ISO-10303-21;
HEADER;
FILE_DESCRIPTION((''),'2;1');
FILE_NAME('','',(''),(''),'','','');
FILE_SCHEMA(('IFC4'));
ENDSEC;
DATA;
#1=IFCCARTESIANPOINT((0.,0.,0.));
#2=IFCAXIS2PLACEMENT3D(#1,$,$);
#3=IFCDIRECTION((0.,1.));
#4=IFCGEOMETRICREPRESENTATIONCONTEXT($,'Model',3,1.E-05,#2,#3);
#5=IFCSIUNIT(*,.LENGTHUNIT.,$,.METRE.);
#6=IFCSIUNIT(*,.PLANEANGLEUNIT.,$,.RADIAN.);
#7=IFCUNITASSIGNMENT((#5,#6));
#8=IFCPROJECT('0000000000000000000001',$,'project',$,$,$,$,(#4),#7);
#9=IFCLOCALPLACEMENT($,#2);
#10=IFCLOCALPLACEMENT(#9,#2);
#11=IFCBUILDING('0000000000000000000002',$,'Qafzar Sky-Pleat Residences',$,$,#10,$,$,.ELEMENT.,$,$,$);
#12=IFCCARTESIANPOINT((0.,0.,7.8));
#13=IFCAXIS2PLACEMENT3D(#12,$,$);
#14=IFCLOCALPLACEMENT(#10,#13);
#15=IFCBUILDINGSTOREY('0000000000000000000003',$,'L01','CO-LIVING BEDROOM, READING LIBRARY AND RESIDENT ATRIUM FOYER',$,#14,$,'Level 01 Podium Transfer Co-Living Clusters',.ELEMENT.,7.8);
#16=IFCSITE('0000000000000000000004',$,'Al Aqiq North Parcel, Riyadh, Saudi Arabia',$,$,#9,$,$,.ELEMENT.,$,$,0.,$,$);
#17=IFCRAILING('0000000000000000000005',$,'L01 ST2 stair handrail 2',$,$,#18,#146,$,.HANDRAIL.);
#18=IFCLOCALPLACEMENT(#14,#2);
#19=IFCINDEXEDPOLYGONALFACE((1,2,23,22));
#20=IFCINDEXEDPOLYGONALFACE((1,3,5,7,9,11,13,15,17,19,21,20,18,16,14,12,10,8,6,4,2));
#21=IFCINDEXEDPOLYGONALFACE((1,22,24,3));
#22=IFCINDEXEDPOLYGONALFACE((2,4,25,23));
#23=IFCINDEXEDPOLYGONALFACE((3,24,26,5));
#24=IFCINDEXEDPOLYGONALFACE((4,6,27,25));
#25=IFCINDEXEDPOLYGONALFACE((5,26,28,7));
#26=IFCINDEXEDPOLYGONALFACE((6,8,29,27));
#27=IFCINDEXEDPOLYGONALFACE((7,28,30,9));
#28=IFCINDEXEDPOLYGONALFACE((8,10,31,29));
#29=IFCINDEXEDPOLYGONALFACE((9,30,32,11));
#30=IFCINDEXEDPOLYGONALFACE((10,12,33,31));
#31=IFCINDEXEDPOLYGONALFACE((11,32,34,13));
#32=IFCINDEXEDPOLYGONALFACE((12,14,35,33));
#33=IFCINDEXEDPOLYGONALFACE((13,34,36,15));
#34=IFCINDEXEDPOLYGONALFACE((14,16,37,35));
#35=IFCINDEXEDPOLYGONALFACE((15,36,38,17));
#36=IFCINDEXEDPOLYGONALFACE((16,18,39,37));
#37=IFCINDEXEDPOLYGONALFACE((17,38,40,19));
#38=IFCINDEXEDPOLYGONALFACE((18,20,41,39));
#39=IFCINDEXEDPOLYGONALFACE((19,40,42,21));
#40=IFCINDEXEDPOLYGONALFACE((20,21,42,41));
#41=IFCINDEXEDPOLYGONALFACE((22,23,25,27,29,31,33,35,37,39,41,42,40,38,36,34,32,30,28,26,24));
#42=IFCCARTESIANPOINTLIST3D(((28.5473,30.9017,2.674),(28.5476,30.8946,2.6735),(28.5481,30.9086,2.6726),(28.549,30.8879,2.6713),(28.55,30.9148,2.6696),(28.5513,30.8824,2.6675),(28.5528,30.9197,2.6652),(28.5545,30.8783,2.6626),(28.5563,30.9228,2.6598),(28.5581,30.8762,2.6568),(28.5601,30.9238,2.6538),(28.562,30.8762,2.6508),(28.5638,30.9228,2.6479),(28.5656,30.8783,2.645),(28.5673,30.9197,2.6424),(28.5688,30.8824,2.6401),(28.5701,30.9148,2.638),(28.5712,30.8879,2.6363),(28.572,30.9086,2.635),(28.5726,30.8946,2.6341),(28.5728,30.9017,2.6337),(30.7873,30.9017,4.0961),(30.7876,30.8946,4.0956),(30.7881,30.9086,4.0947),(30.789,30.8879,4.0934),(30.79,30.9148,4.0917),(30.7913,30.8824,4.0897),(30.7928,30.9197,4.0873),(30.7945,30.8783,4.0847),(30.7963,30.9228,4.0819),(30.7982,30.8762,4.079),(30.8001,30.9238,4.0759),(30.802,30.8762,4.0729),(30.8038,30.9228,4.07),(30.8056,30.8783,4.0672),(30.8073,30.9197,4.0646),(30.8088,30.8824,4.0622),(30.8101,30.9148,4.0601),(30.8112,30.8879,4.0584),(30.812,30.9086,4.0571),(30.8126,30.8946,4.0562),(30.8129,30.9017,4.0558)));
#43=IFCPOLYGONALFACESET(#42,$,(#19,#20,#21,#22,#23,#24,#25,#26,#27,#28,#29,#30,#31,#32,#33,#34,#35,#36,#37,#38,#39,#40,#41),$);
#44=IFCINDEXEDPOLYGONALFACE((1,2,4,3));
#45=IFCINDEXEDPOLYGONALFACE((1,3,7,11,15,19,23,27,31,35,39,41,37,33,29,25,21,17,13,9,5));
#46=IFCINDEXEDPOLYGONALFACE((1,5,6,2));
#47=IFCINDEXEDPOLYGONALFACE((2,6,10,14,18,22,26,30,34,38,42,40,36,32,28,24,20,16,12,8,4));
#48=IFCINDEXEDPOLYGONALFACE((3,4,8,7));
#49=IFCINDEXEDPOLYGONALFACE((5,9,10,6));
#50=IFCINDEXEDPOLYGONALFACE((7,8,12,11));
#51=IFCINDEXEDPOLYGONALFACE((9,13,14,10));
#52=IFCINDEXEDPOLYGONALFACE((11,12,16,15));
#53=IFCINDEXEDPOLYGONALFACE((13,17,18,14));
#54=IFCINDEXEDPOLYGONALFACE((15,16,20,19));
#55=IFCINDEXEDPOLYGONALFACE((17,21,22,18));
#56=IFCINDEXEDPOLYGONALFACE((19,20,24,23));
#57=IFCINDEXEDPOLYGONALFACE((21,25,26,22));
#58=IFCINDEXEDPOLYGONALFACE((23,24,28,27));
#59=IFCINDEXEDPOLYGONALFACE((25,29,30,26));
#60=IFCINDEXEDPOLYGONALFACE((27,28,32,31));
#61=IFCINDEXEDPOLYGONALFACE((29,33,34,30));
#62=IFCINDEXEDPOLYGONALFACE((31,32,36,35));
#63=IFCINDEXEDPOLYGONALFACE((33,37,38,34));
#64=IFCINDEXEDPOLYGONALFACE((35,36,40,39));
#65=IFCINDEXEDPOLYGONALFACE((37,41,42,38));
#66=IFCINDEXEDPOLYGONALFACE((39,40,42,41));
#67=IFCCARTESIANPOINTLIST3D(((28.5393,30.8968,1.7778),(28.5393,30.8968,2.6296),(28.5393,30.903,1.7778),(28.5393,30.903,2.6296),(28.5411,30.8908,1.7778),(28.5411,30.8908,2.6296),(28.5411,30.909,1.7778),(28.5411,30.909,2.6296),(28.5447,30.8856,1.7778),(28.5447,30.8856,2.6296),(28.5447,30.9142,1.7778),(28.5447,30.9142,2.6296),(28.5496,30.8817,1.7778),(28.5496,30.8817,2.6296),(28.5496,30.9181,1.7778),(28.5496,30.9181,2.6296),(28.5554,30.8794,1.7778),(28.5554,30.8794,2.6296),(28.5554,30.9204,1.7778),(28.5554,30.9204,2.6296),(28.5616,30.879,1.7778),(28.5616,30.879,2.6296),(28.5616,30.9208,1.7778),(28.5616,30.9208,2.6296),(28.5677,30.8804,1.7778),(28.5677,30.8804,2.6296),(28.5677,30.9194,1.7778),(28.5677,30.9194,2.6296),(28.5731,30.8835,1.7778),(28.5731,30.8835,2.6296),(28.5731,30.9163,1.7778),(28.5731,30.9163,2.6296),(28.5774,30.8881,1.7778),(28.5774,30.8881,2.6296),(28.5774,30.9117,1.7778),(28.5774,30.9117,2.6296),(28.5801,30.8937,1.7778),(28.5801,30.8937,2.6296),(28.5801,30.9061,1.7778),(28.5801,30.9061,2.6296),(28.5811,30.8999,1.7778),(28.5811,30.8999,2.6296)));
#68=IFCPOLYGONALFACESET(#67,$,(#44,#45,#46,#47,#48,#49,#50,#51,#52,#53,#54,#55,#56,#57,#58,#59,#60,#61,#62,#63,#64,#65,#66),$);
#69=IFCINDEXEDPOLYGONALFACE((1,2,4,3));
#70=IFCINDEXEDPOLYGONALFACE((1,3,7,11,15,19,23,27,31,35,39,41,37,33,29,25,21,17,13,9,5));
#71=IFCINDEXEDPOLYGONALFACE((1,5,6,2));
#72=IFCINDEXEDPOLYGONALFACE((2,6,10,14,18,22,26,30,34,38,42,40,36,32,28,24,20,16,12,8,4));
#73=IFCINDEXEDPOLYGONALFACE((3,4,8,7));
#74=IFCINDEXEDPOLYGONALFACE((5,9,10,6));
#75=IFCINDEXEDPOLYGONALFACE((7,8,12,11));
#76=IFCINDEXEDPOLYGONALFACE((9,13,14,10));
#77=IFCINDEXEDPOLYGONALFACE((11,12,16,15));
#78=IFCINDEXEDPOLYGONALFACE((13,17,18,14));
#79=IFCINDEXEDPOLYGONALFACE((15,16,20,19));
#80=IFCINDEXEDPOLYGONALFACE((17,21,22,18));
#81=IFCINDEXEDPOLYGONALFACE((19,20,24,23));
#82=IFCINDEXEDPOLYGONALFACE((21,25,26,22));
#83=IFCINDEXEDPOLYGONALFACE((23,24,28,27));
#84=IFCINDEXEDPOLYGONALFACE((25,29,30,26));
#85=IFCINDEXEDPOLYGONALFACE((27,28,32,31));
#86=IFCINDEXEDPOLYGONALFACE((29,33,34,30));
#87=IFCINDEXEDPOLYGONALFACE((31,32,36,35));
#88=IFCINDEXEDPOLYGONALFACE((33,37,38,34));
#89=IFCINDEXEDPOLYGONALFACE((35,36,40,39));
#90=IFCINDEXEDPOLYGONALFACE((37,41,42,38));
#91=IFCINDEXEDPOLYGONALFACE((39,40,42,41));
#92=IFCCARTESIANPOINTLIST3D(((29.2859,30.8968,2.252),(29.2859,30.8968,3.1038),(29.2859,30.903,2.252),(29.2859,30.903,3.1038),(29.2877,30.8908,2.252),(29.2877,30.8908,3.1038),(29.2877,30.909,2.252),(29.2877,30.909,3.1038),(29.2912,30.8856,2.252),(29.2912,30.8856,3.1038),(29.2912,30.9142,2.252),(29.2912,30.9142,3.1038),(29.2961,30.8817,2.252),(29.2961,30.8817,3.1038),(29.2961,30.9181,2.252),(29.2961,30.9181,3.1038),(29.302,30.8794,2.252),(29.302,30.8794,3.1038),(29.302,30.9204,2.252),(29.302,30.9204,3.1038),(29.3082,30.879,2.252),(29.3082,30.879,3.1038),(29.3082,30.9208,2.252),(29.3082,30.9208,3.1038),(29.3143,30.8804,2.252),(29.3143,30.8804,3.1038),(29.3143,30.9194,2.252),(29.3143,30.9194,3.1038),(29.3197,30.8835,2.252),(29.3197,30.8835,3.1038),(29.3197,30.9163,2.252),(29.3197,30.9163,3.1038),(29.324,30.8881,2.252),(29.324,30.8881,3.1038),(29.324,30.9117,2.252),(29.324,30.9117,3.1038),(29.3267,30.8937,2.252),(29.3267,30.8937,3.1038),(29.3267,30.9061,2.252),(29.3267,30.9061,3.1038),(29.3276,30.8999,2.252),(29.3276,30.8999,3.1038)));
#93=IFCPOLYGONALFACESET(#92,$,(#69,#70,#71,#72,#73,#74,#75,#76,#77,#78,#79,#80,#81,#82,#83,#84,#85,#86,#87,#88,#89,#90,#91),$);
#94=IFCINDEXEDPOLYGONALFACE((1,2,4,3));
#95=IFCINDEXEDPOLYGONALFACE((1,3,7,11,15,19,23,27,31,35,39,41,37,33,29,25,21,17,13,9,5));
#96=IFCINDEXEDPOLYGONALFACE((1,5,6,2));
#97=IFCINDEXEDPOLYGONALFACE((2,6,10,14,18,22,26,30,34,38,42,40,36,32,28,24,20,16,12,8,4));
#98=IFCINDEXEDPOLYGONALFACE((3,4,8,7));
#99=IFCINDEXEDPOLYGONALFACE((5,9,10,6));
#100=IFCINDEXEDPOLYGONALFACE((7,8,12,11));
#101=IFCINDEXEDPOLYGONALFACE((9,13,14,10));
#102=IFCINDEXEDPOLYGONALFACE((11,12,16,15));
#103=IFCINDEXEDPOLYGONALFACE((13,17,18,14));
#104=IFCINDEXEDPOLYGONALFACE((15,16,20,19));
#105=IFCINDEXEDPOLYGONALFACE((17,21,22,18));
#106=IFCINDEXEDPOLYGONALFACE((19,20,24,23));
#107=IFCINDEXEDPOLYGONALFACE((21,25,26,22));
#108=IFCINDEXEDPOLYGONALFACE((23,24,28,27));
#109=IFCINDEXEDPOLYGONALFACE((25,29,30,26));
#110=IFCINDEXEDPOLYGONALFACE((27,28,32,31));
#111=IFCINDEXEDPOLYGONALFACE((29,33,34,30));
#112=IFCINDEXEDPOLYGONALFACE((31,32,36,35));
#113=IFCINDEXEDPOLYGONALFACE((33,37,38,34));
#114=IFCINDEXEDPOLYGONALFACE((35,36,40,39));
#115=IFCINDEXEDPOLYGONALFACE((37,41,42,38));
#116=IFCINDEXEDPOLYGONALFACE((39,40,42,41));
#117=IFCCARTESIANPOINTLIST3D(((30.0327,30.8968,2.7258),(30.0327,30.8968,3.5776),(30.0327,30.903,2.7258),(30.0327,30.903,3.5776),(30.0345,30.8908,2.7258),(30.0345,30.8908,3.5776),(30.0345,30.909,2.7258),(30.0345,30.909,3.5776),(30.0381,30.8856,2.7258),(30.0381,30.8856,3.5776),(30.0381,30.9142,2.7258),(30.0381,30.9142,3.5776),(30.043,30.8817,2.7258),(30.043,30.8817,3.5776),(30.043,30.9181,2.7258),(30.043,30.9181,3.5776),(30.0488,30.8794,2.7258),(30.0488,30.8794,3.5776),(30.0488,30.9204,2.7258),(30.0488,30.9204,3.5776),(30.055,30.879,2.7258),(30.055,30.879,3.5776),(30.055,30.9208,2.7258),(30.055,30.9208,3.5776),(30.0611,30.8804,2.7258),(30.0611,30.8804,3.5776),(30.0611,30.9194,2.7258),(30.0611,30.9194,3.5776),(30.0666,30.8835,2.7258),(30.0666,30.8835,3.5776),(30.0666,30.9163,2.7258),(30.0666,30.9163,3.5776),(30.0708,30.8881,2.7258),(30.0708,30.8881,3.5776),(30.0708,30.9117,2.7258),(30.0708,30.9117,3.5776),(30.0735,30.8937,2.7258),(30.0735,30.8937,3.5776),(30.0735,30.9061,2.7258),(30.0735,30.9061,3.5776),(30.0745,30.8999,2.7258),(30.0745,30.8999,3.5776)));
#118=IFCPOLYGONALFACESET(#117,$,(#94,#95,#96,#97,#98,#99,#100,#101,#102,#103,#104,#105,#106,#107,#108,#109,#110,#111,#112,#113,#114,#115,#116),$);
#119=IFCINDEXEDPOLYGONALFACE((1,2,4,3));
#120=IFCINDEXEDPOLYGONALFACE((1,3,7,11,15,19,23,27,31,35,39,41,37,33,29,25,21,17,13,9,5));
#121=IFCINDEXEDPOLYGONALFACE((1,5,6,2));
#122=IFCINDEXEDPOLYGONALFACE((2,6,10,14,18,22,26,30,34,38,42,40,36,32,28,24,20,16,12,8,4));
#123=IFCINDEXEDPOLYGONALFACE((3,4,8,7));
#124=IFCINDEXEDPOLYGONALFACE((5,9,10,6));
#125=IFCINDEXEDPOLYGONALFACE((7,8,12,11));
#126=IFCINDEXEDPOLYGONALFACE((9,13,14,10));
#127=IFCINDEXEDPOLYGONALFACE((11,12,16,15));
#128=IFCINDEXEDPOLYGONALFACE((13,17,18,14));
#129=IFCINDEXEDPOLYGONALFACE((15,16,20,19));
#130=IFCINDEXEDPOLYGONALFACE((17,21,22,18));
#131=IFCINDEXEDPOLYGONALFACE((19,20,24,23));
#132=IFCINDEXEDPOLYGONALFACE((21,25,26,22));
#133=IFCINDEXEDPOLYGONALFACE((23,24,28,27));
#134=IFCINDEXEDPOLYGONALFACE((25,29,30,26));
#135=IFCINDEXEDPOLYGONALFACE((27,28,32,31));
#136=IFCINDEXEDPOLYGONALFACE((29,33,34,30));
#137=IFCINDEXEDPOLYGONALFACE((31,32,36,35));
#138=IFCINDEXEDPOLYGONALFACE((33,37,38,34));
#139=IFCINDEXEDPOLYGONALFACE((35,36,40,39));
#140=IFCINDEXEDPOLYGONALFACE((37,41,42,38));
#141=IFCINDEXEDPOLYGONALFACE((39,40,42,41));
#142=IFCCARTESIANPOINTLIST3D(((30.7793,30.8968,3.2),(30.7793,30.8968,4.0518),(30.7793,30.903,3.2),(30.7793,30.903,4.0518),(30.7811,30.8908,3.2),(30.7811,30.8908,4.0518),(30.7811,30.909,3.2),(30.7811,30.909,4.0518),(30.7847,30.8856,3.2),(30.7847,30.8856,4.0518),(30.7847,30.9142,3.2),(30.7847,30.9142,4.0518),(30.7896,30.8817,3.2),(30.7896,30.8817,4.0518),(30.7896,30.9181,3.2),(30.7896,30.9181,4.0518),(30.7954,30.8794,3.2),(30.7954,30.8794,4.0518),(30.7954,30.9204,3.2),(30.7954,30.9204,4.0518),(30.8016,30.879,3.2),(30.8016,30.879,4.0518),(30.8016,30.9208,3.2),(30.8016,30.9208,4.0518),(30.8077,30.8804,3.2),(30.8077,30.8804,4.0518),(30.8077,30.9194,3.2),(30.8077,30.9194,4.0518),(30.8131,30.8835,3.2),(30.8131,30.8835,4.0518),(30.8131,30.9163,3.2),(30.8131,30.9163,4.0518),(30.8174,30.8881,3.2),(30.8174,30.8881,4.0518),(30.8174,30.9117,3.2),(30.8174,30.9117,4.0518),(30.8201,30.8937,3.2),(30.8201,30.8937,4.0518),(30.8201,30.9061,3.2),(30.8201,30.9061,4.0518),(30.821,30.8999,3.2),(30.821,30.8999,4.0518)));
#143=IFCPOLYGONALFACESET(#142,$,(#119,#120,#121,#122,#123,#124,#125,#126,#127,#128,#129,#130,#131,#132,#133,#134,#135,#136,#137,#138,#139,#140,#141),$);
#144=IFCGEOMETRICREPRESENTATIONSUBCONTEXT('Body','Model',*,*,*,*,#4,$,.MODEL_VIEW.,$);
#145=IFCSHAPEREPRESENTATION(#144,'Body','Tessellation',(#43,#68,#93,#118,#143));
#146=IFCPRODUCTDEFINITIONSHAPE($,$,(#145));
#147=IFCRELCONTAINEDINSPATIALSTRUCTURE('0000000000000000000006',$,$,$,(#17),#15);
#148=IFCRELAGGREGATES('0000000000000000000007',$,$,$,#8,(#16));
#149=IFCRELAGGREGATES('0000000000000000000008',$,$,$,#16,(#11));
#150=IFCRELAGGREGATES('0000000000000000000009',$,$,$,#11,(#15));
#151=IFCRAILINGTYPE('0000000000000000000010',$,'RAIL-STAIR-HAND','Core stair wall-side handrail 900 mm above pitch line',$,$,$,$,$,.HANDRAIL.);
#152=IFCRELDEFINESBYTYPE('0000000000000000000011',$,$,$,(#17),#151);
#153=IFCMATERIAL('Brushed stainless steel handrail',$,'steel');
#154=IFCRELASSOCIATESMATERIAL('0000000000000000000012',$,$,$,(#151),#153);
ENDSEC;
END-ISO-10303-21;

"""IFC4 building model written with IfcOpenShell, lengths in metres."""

from ifc_helpers import new_model, si_unit, direction, frame, origin, origin_2d, place, context, subcontext, project, spatial, circle, extrude, source, transform, mapped, material, type_object, element, save


model = new_model("IFC4")

# Units and contexts
model_context = context("Model", 3, precision=1e-05, world=origin(), true_north=direction((0.0, 1.0)))
body_context = subcontext(model_context, "Body", "Model", "MODEL_VIEW")
ifc_project = project(units=[si_unit("LENGTHUNIT", "METRE"), si_unit("PLANEANGLEUNIT", "RADIAN")], contexts=[model_context])

# Site, building, storey
site_placement = place(None, origin())
site = spatial("IfcSite", under=ifc_project, at=site_placement, Name="Al Aqiq North Parcel, Riyadh, Saudi Arabia", CompositionType="ELEMENT", RefElevation=0.0)
building_placement = place(site_placement, origin())
building = spatial("IfcBuilding", under=site, at=building_placement, Name="Qafzar Sky-Pleat Residences", CompositionType="ELEMENT")
storey_placement = place(building_placement, frame((0.0, 0.0, 7.8)))
storey = spatial("IfcBuildingStorey", under=building, at=storey_placement, Name="L01", Description="CO-LIVING BEDROOM, READING LIBRARY AND RESIDENT ATRIUM FOYER", LongName="Level 01 Podium Transfer Co-Living Clusters", CompositionType="ELEMENT", Elevation=7.8)

# Railing
ifc_material_1 = material(Name="Brushed stainless steel handrail", Category="steel")
railing_type_1 = type_object("IfcRailingType", Name="RAIL-STAIR-HAND", Description="Core stair wall-side handrail 900 mm above pitch line", PredefinedType="HANDRAIL", material=ifc_material_1)
shared_shape_1 = source(origin(), body_context, "Body", "SweptSolid", [
    extrude(circle(Radius=0.0239, at=origin_2d()), frame((0.0, 0.0, 0.876), z_axis=(0.844229, 0.0, 0.535982), x_axis=(0.0, 1.0, 0.0)), (0.0, 0.0, 1.0), 2.6533),
    extrude(circle(Radius=0.021, at=origin_2d()), origin(), (0.0, 0.0, 1.0), 0.8518),
    extrude(circle(Radius=0.021, at=origin_2d()), frame((0.7466, 0.0, 0.4741)), (0.0, 0.0, 1.0), 0.8518),
    extrude(circle(Radius=0.021, at=origin_2d()), frame((1.4934, 0.0, 0.948)), (0.0, 0.0, 1.0), 0.8518),
    extrude(circle(Radius=0.021, at=origin_2d()), frame((2.24, 0.0, 1.4221)), (0.0, 0.0, 1.0), 0.8518),
])
railing_1_placement = place(storey_placement, frame((28.5601, 30.8999, 1.7778)))
element("IfcRailing", 1, at=railing_1_placement, inside=storey, type_object=railing_type_1, Name="L01 ST2 stair handrail 2", PredefinedType="HANDRAIL", context=body_context, shape_type="MappedRepresentation", body=[
    mapped(shared_shape_1, transform((0.0, 0.0, 0.0), x_axis=(1.0, 0.0, 0.0), y_axis=(0.0, 1.0, 0.0), z_axis=(0.0, 0.0, 1.0), scale=1.0)),
])

save(model, "model.ifc")
